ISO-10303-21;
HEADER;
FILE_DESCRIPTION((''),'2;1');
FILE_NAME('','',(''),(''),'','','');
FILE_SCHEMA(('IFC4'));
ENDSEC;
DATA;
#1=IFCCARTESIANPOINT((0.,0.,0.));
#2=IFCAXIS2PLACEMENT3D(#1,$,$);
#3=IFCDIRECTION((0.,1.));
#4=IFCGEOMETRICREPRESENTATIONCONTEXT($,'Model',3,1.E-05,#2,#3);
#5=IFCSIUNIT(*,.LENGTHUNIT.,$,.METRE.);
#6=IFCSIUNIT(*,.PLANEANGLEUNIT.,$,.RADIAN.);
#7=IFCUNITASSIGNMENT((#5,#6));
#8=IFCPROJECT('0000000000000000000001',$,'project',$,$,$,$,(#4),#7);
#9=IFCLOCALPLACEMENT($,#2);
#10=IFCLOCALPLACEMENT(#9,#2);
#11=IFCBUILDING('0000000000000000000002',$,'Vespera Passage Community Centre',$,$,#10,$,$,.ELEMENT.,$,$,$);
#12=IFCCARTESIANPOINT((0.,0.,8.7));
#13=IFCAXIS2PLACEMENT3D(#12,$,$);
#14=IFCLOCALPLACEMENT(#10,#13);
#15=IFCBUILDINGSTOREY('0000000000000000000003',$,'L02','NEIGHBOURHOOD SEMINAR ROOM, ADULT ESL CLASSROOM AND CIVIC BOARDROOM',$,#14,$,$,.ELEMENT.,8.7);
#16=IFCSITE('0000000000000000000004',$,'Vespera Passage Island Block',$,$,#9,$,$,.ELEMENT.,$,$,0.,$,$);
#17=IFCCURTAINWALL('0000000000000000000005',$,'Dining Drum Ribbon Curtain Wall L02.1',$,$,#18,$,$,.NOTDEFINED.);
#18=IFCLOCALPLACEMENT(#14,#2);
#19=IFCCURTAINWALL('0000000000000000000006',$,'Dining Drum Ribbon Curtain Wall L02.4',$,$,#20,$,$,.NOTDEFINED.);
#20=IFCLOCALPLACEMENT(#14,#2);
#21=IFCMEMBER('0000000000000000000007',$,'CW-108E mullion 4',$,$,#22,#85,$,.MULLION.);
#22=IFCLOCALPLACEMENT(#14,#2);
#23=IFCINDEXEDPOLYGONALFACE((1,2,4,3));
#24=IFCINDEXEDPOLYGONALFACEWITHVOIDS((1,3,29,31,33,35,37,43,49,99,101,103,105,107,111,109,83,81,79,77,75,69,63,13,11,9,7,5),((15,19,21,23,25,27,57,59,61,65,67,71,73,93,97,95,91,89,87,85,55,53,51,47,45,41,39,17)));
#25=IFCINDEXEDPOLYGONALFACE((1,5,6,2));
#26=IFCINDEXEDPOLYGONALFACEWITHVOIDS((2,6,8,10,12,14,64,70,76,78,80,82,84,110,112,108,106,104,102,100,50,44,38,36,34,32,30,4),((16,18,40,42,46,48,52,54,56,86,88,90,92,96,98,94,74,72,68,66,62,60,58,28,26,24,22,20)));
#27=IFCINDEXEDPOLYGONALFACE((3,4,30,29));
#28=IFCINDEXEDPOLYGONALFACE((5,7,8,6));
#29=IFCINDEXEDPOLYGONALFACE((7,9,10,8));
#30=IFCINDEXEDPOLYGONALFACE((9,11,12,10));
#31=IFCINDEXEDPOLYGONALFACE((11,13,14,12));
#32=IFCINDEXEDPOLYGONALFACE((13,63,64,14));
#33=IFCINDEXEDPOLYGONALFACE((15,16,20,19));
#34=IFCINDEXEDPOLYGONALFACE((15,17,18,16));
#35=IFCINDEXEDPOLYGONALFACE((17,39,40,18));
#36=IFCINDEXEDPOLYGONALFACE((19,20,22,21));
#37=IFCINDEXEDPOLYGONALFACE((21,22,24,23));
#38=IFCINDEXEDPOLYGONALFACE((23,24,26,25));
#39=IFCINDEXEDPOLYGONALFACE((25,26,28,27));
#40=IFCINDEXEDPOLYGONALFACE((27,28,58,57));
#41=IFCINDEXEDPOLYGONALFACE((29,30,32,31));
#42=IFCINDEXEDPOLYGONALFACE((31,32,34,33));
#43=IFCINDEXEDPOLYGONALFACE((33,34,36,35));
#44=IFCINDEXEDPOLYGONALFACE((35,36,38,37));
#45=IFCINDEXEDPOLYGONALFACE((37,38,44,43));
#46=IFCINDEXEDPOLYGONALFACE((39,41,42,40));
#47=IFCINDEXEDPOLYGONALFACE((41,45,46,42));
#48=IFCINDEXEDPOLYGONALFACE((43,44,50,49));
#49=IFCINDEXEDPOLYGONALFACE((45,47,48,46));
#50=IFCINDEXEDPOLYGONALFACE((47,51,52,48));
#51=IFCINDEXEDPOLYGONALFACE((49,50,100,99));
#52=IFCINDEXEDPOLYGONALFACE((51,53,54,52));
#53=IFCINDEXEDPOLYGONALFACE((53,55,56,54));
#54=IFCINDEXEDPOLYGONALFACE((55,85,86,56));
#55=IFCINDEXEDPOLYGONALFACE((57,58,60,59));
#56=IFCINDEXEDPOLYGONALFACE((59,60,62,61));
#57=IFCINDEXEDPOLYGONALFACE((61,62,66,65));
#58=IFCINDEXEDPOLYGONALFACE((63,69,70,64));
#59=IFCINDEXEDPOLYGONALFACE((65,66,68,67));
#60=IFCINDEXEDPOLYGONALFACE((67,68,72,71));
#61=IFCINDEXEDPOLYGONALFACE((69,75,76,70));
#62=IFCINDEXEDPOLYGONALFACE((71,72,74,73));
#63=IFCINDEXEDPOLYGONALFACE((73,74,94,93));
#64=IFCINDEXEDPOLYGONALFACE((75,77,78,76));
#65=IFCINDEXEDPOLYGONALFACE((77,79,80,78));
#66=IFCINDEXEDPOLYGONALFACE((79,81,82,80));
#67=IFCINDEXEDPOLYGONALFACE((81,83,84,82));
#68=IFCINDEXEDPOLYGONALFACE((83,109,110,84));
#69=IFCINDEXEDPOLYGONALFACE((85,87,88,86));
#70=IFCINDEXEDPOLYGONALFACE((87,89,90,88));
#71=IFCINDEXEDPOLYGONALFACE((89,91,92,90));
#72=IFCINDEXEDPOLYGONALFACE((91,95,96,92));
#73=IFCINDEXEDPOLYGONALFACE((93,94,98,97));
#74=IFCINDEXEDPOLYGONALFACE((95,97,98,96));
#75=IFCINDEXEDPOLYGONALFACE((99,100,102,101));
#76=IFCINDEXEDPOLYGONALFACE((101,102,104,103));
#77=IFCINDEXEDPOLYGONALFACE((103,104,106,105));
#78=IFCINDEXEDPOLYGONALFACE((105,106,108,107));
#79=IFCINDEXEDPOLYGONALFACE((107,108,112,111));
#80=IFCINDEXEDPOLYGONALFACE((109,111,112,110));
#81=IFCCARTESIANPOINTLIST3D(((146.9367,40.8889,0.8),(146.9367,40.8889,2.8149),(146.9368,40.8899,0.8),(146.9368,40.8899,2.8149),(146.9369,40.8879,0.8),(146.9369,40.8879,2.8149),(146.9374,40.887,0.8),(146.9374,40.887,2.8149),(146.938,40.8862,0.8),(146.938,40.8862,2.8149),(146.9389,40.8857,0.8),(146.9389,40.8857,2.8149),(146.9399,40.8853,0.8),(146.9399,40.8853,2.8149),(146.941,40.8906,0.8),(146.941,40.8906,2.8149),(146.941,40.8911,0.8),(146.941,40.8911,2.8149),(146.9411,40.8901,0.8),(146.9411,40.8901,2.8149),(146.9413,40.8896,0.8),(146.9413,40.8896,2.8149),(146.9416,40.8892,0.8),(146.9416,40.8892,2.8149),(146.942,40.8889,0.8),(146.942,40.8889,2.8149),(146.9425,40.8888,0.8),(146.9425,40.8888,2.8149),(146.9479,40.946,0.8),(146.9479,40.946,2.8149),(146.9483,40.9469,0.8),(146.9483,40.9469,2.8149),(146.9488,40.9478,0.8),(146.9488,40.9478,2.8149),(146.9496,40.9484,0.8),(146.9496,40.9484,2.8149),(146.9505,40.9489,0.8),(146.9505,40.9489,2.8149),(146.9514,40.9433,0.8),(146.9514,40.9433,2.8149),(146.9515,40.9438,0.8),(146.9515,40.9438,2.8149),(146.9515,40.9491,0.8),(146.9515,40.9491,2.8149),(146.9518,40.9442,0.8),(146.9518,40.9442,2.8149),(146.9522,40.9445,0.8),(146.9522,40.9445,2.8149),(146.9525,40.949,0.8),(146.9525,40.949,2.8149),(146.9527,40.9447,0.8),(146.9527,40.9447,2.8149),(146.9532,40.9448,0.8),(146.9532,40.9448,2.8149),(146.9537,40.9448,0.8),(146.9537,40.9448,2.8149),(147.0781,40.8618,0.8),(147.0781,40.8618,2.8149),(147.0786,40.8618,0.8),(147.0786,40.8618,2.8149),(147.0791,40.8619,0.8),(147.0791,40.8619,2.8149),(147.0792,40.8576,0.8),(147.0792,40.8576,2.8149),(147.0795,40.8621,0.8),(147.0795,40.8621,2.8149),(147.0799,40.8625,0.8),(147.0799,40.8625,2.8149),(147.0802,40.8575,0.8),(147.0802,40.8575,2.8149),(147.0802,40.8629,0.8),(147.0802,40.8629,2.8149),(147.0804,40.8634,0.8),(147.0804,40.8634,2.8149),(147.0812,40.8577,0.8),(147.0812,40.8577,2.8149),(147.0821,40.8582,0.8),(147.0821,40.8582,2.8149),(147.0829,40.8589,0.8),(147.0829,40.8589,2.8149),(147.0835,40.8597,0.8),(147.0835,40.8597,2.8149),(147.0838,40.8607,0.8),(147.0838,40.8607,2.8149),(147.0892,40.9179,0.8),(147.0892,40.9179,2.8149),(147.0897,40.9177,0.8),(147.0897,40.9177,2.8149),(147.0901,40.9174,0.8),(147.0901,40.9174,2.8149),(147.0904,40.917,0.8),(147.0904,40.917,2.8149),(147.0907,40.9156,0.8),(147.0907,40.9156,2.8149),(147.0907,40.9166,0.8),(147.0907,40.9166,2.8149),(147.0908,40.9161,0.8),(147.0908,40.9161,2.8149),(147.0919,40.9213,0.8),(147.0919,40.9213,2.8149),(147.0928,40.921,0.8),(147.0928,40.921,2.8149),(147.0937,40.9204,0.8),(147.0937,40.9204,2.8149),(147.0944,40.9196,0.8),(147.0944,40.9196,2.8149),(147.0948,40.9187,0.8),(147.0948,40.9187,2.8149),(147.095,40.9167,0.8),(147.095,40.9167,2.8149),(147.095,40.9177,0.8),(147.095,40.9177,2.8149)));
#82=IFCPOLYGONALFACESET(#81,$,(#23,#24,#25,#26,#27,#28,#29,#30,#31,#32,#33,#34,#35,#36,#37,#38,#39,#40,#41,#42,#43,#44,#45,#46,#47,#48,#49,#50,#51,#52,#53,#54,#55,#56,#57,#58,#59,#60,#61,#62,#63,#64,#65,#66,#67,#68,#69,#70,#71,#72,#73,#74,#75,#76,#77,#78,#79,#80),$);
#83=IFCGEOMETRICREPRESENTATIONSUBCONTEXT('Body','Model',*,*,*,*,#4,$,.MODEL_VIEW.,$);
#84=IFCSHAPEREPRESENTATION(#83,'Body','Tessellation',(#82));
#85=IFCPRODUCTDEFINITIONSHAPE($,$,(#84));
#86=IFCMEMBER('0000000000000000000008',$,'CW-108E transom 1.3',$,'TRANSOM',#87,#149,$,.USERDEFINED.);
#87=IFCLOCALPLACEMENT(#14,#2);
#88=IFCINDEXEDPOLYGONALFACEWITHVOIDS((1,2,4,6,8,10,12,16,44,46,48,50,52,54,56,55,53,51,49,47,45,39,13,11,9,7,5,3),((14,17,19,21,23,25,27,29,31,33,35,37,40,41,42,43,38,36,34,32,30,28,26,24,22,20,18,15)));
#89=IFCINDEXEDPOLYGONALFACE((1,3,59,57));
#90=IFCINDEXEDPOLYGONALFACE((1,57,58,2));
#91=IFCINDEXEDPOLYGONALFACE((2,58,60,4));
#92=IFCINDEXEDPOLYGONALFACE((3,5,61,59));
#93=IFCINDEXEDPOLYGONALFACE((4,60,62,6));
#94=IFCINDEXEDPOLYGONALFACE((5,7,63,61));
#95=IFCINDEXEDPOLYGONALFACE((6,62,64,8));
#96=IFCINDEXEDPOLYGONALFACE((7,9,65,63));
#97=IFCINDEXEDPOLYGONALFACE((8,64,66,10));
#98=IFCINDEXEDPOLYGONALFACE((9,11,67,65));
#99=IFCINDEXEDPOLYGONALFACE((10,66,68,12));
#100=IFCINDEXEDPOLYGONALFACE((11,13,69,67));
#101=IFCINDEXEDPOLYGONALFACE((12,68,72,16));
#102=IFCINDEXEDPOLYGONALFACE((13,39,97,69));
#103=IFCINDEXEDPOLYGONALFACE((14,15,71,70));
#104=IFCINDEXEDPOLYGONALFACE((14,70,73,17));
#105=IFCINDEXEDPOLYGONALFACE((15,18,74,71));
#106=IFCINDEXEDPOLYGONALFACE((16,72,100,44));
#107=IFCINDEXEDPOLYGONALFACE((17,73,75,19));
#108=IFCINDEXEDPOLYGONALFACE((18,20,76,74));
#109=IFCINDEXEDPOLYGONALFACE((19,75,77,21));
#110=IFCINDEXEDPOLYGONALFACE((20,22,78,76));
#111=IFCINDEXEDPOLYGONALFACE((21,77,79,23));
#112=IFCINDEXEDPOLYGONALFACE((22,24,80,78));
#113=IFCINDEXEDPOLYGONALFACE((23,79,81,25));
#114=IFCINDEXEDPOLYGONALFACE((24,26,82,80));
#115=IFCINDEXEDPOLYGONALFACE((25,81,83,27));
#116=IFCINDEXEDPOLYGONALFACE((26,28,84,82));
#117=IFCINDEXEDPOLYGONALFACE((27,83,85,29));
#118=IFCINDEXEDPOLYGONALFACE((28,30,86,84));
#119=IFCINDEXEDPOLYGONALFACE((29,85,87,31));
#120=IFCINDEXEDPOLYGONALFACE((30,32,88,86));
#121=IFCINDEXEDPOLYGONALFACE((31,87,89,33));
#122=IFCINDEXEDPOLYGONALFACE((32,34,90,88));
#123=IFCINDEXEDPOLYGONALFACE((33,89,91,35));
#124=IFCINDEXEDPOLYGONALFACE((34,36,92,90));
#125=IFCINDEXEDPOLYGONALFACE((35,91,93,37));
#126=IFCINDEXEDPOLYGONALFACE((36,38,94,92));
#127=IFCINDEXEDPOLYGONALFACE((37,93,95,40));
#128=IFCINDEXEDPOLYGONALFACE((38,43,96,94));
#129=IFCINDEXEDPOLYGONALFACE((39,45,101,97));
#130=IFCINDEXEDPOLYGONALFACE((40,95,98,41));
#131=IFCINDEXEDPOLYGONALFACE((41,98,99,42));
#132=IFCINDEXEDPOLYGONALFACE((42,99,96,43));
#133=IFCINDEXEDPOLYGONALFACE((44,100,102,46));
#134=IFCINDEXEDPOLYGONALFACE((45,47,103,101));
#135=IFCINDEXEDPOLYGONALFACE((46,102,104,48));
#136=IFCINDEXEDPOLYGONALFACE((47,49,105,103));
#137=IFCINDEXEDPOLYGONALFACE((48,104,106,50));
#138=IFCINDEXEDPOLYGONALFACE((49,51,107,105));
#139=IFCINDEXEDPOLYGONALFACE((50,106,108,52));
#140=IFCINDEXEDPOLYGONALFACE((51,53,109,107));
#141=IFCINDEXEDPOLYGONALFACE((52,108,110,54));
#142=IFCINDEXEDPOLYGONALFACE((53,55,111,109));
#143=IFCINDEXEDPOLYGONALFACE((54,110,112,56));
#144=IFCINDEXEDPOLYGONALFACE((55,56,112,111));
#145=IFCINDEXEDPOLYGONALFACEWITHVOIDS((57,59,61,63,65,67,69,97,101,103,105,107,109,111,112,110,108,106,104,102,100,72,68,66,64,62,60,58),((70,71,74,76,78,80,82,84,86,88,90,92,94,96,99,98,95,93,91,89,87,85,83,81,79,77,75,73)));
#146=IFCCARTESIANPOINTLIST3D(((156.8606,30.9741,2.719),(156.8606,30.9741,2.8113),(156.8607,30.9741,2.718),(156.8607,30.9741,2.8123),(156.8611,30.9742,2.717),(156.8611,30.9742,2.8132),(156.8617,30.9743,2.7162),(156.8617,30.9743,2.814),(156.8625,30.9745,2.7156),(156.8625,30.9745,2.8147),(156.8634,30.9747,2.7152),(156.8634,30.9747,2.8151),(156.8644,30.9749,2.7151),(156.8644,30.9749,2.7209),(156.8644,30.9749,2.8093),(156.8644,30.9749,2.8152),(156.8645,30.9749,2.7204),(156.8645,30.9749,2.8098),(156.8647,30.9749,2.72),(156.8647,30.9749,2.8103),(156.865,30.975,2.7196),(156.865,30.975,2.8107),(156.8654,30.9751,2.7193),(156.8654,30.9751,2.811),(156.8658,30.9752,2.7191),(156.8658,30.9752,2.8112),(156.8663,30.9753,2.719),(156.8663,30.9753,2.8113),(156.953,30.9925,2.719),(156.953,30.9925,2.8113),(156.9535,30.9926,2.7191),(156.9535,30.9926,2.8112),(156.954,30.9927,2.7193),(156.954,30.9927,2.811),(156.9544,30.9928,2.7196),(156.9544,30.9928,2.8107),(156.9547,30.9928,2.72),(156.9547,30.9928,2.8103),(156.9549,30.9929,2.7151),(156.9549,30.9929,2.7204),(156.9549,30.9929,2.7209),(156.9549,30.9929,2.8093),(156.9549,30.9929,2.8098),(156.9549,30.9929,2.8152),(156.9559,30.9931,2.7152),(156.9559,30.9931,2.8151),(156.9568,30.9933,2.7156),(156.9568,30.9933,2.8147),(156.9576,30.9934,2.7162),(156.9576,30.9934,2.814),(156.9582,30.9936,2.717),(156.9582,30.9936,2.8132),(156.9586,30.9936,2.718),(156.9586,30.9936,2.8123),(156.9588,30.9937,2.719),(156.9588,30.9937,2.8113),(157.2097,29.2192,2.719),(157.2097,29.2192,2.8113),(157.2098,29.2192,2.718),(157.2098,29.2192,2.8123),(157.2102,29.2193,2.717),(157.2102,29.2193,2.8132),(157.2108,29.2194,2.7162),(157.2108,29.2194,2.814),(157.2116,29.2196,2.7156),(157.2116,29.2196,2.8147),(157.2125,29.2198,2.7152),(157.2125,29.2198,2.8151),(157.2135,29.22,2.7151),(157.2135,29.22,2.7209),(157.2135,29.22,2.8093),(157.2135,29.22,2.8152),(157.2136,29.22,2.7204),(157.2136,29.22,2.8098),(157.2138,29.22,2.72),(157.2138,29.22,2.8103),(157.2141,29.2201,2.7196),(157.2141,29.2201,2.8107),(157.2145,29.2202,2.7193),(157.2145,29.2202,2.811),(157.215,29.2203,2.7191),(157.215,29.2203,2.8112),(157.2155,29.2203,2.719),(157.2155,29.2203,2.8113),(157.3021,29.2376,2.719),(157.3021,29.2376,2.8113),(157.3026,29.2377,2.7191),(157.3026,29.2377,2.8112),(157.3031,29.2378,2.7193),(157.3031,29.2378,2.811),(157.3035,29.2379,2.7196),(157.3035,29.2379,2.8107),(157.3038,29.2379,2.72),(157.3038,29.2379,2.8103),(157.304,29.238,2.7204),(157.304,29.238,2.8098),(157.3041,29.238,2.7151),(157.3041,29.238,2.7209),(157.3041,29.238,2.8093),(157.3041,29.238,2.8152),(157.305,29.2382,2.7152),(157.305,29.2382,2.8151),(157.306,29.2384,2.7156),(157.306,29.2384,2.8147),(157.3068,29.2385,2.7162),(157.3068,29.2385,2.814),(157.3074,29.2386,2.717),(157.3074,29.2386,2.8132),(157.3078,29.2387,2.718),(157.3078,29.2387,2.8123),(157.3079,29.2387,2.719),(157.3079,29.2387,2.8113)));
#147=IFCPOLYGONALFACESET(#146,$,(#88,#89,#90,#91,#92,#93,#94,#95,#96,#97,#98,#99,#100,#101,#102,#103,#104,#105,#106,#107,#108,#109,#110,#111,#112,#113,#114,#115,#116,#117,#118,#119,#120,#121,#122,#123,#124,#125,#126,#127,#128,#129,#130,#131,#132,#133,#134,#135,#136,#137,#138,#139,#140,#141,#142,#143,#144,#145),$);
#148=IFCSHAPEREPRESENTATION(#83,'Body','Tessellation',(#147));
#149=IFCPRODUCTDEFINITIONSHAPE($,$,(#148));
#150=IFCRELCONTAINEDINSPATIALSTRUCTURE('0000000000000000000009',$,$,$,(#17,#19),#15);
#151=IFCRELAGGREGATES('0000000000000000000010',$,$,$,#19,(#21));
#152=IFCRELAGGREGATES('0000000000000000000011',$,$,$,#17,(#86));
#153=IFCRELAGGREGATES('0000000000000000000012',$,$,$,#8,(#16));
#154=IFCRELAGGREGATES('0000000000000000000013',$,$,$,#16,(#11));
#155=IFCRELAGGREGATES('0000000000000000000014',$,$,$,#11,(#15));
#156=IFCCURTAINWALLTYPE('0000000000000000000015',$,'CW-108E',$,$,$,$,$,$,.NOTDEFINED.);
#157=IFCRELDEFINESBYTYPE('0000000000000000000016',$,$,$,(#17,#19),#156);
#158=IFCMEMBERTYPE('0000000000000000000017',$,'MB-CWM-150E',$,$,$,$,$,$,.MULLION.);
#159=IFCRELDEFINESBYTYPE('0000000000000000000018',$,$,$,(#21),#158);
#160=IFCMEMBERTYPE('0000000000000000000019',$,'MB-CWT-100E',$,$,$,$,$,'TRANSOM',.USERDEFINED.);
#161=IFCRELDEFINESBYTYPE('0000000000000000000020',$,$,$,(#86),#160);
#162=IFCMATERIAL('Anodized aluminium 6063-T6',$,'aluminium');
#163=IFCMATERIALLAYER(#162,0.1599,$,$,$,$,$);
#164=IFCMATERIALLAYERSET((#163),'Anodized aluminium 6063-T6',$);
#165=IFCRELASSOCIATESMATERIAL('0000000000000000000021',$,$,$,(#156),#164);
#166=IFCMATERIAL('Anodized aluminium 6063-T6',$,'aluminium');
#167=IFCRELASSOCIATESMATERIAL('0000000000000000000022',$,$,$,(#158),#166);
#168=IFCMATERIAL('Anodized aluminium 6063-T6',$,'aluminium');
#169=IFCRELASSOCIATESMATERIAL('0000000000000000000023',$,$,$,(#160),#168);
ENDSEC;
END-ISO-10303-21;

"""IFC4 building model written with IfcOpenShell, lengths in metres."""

from ifc_helpers import new_model, si_unit, direction, frame, origin, origin_2d, place, context, subcontext, project, spatial, hollow_rectangle, extrude, material, layer, layer_set, material_profile, profile_set, type_object, element, aggregate, save


model = new_model("IFC4")

# Units and contexts
model_context = context("Model", 3, precision=1e-05, world=origin(), true_north=direction((0.0, 1.0)))
body_context = subcontext(model_context, "Body", "Model", "MODEL_VIEW")
ifc_project = project(units=[si_unit("LENGTHUNIT", "METRE"), si_unit("PLANEANGLEUNIT", "RADIAN")], contexts=[model_context])

# Site, building, storey
site_placement = place(None, origin())
site = spatial("IfcSite", under=ifc_project, at=site_placement, Name="Vespera Passage Island Block", CompositionType="ELEMENT", RefElevation=0.0)
building_placement = place(site_placement, origin())
building = spatial("IfcBuilding", under=site, at=building_placement, Name="Vespera Passage Community Centre", CompositionType="ELEMENT")
storey_placement = place(building_placement, frame((0.0, 0.0, 8.7)))
storey = spatial("IfcBuildingStorey", under=building, at=storey_placement, Name="L02", Description="NEIGHBOURHOOD SEMINAR ROOM, ADULT ESL CLASSROOM AND CIVIC BOARDROOM", CompositionType="ELEMENT", Elevation=8.7)

# Curtain wall
ifc_material_1 = material(Name="Anodized aluminium 6063-T6", Category="aluminium")
ifc_layer_1 = layer(ifc_material_1, 0.1599)
ifc_layer_set_1 = layer_set([ifc_layer_1], Name="Anodized aluminium 6063-T6")
curtain_wall_type_1 = type_object("IfcCurtainWallType", Name="CW-108E", PredefinedType="NOTDEFINED", material=ifc_layer_set_1)
curtain_wall_1_placement = place(storey_placement, origin())
curtain_wall_1 = element("IfcCurtainWall", 1, at=curtain_wall_1_placement, inside=storey, type_object=curtain_wall_type_1, Name="Dining Drum Ribbon Curtain Wall L02.1", PredefinedType="NOTDEFINED")
ifc_material_2 = material(Name="Anodized aluminium 6063-T6", Category="aluminium")
ifc_material_profile_1 = material_profile(ifc_material_2, hollow_rectangle(XDim=0.0649, YDim=0.1499, WallThickness=0.0039, InnerFilletRadius=0.002, OuterFilletRadius=0.0039, at=origin_2d()), Name="ALU150X65X4")
ifc_profile_set_1 = profile_set([ifc_material_profile_1], Name="Anodized aluminium 6063-T6")
member_type_1 = type_object("IfcMemberType", Name="MB-CWM-150E", PredefinedType="MULLION", material=ifc_profile_set_1)

# Curtain wall, member
curtain_wall_2_placement = place(storey_placement, origin())
curtain_wall_2 = element("IfcCurtainWall", 2, at=curtain_wall_2_placement, inside=storey, type_object=curtain_wall_type_1, Name="Dining Drum Ribbon Curtain Wall L02.4", PredefinedType="NOTDEFINED")
member_1_placement = place(storey_placement, frame((147.0159, 40.9033, 0.8), z_axis=(0.0, 0.0, 1.0), x_axis=(0.195097, 0.980784, 0.0)))
member_1 = element("IfcMember", 3, at=member_1_placement, type_object=member_type_1, Name="CW-108E mullion 4", PredefinedType="MULLION", context=body_context, shape_type="SweptSolid", body=[
    extrude(hollow_rectangle(XDim=0.0649, YDim=0.1499, WallThickness=0.0039, InnerFilletRadius=0.002, OuterFilletRadius=0.0039, at=origin_2d()), origin(), (0.0, 0.0, 1.0), 2.0149),
])
aggregate(curtain_wall_2, [member_1])

# Member
ifc_material_3 = material(Name="Anodized aluminium 6063-T6", Category="aluminium")
ifc_material_profile_2 = material_profile(ifc_material_3, hollow_rectangle(XDim=0.1001, YDim=0.1001, WallThickness=0.0039, InnerFilletRadius=0.002, OuterFilletRadius=0.0039, at=origin_2d()), Name="ALU100X100X4")
ifc_profile_set_2 = profile_set([ifc_material_profile_2], Name="Anodized aluminium 6063-T6")
member_type_2 = type_object("IfcMemberType", Name="MB-CWT-100E", ElementType="TRANSOM", PredefinedType="USERDEFINED", material=ifc_profile_set_2)
member_2_placement = place(storey_placement, frame((156.9097, 30.9839, 2.7651), z_axis=(0.195119, -0.98078, 0.0), x_axis=(0.98078, 0.195119, 0.0)))
member_2 = element("IfcMember", 4, at=member_2_placement, type_object=member_type_2, Name="CW-108E transom 1.3", ObjectType="TRANSOM", PredefinedType="USERDEFINED", context=body_context, shape_type="SweptSolid", body=[
    extrude(hollow_rectangle(XDim=0.1001, YDim=0.1001, WallThickness=0.0039, InnerFilletRadius=0.002, OuterFilletRadius=0.0039, at=origin_2d()), origin(), (0.0, 0.0, 1.0), 1.7893),
])
aggregate(curtain_wall_1, [member_2])

save(model, "model.ifc")
